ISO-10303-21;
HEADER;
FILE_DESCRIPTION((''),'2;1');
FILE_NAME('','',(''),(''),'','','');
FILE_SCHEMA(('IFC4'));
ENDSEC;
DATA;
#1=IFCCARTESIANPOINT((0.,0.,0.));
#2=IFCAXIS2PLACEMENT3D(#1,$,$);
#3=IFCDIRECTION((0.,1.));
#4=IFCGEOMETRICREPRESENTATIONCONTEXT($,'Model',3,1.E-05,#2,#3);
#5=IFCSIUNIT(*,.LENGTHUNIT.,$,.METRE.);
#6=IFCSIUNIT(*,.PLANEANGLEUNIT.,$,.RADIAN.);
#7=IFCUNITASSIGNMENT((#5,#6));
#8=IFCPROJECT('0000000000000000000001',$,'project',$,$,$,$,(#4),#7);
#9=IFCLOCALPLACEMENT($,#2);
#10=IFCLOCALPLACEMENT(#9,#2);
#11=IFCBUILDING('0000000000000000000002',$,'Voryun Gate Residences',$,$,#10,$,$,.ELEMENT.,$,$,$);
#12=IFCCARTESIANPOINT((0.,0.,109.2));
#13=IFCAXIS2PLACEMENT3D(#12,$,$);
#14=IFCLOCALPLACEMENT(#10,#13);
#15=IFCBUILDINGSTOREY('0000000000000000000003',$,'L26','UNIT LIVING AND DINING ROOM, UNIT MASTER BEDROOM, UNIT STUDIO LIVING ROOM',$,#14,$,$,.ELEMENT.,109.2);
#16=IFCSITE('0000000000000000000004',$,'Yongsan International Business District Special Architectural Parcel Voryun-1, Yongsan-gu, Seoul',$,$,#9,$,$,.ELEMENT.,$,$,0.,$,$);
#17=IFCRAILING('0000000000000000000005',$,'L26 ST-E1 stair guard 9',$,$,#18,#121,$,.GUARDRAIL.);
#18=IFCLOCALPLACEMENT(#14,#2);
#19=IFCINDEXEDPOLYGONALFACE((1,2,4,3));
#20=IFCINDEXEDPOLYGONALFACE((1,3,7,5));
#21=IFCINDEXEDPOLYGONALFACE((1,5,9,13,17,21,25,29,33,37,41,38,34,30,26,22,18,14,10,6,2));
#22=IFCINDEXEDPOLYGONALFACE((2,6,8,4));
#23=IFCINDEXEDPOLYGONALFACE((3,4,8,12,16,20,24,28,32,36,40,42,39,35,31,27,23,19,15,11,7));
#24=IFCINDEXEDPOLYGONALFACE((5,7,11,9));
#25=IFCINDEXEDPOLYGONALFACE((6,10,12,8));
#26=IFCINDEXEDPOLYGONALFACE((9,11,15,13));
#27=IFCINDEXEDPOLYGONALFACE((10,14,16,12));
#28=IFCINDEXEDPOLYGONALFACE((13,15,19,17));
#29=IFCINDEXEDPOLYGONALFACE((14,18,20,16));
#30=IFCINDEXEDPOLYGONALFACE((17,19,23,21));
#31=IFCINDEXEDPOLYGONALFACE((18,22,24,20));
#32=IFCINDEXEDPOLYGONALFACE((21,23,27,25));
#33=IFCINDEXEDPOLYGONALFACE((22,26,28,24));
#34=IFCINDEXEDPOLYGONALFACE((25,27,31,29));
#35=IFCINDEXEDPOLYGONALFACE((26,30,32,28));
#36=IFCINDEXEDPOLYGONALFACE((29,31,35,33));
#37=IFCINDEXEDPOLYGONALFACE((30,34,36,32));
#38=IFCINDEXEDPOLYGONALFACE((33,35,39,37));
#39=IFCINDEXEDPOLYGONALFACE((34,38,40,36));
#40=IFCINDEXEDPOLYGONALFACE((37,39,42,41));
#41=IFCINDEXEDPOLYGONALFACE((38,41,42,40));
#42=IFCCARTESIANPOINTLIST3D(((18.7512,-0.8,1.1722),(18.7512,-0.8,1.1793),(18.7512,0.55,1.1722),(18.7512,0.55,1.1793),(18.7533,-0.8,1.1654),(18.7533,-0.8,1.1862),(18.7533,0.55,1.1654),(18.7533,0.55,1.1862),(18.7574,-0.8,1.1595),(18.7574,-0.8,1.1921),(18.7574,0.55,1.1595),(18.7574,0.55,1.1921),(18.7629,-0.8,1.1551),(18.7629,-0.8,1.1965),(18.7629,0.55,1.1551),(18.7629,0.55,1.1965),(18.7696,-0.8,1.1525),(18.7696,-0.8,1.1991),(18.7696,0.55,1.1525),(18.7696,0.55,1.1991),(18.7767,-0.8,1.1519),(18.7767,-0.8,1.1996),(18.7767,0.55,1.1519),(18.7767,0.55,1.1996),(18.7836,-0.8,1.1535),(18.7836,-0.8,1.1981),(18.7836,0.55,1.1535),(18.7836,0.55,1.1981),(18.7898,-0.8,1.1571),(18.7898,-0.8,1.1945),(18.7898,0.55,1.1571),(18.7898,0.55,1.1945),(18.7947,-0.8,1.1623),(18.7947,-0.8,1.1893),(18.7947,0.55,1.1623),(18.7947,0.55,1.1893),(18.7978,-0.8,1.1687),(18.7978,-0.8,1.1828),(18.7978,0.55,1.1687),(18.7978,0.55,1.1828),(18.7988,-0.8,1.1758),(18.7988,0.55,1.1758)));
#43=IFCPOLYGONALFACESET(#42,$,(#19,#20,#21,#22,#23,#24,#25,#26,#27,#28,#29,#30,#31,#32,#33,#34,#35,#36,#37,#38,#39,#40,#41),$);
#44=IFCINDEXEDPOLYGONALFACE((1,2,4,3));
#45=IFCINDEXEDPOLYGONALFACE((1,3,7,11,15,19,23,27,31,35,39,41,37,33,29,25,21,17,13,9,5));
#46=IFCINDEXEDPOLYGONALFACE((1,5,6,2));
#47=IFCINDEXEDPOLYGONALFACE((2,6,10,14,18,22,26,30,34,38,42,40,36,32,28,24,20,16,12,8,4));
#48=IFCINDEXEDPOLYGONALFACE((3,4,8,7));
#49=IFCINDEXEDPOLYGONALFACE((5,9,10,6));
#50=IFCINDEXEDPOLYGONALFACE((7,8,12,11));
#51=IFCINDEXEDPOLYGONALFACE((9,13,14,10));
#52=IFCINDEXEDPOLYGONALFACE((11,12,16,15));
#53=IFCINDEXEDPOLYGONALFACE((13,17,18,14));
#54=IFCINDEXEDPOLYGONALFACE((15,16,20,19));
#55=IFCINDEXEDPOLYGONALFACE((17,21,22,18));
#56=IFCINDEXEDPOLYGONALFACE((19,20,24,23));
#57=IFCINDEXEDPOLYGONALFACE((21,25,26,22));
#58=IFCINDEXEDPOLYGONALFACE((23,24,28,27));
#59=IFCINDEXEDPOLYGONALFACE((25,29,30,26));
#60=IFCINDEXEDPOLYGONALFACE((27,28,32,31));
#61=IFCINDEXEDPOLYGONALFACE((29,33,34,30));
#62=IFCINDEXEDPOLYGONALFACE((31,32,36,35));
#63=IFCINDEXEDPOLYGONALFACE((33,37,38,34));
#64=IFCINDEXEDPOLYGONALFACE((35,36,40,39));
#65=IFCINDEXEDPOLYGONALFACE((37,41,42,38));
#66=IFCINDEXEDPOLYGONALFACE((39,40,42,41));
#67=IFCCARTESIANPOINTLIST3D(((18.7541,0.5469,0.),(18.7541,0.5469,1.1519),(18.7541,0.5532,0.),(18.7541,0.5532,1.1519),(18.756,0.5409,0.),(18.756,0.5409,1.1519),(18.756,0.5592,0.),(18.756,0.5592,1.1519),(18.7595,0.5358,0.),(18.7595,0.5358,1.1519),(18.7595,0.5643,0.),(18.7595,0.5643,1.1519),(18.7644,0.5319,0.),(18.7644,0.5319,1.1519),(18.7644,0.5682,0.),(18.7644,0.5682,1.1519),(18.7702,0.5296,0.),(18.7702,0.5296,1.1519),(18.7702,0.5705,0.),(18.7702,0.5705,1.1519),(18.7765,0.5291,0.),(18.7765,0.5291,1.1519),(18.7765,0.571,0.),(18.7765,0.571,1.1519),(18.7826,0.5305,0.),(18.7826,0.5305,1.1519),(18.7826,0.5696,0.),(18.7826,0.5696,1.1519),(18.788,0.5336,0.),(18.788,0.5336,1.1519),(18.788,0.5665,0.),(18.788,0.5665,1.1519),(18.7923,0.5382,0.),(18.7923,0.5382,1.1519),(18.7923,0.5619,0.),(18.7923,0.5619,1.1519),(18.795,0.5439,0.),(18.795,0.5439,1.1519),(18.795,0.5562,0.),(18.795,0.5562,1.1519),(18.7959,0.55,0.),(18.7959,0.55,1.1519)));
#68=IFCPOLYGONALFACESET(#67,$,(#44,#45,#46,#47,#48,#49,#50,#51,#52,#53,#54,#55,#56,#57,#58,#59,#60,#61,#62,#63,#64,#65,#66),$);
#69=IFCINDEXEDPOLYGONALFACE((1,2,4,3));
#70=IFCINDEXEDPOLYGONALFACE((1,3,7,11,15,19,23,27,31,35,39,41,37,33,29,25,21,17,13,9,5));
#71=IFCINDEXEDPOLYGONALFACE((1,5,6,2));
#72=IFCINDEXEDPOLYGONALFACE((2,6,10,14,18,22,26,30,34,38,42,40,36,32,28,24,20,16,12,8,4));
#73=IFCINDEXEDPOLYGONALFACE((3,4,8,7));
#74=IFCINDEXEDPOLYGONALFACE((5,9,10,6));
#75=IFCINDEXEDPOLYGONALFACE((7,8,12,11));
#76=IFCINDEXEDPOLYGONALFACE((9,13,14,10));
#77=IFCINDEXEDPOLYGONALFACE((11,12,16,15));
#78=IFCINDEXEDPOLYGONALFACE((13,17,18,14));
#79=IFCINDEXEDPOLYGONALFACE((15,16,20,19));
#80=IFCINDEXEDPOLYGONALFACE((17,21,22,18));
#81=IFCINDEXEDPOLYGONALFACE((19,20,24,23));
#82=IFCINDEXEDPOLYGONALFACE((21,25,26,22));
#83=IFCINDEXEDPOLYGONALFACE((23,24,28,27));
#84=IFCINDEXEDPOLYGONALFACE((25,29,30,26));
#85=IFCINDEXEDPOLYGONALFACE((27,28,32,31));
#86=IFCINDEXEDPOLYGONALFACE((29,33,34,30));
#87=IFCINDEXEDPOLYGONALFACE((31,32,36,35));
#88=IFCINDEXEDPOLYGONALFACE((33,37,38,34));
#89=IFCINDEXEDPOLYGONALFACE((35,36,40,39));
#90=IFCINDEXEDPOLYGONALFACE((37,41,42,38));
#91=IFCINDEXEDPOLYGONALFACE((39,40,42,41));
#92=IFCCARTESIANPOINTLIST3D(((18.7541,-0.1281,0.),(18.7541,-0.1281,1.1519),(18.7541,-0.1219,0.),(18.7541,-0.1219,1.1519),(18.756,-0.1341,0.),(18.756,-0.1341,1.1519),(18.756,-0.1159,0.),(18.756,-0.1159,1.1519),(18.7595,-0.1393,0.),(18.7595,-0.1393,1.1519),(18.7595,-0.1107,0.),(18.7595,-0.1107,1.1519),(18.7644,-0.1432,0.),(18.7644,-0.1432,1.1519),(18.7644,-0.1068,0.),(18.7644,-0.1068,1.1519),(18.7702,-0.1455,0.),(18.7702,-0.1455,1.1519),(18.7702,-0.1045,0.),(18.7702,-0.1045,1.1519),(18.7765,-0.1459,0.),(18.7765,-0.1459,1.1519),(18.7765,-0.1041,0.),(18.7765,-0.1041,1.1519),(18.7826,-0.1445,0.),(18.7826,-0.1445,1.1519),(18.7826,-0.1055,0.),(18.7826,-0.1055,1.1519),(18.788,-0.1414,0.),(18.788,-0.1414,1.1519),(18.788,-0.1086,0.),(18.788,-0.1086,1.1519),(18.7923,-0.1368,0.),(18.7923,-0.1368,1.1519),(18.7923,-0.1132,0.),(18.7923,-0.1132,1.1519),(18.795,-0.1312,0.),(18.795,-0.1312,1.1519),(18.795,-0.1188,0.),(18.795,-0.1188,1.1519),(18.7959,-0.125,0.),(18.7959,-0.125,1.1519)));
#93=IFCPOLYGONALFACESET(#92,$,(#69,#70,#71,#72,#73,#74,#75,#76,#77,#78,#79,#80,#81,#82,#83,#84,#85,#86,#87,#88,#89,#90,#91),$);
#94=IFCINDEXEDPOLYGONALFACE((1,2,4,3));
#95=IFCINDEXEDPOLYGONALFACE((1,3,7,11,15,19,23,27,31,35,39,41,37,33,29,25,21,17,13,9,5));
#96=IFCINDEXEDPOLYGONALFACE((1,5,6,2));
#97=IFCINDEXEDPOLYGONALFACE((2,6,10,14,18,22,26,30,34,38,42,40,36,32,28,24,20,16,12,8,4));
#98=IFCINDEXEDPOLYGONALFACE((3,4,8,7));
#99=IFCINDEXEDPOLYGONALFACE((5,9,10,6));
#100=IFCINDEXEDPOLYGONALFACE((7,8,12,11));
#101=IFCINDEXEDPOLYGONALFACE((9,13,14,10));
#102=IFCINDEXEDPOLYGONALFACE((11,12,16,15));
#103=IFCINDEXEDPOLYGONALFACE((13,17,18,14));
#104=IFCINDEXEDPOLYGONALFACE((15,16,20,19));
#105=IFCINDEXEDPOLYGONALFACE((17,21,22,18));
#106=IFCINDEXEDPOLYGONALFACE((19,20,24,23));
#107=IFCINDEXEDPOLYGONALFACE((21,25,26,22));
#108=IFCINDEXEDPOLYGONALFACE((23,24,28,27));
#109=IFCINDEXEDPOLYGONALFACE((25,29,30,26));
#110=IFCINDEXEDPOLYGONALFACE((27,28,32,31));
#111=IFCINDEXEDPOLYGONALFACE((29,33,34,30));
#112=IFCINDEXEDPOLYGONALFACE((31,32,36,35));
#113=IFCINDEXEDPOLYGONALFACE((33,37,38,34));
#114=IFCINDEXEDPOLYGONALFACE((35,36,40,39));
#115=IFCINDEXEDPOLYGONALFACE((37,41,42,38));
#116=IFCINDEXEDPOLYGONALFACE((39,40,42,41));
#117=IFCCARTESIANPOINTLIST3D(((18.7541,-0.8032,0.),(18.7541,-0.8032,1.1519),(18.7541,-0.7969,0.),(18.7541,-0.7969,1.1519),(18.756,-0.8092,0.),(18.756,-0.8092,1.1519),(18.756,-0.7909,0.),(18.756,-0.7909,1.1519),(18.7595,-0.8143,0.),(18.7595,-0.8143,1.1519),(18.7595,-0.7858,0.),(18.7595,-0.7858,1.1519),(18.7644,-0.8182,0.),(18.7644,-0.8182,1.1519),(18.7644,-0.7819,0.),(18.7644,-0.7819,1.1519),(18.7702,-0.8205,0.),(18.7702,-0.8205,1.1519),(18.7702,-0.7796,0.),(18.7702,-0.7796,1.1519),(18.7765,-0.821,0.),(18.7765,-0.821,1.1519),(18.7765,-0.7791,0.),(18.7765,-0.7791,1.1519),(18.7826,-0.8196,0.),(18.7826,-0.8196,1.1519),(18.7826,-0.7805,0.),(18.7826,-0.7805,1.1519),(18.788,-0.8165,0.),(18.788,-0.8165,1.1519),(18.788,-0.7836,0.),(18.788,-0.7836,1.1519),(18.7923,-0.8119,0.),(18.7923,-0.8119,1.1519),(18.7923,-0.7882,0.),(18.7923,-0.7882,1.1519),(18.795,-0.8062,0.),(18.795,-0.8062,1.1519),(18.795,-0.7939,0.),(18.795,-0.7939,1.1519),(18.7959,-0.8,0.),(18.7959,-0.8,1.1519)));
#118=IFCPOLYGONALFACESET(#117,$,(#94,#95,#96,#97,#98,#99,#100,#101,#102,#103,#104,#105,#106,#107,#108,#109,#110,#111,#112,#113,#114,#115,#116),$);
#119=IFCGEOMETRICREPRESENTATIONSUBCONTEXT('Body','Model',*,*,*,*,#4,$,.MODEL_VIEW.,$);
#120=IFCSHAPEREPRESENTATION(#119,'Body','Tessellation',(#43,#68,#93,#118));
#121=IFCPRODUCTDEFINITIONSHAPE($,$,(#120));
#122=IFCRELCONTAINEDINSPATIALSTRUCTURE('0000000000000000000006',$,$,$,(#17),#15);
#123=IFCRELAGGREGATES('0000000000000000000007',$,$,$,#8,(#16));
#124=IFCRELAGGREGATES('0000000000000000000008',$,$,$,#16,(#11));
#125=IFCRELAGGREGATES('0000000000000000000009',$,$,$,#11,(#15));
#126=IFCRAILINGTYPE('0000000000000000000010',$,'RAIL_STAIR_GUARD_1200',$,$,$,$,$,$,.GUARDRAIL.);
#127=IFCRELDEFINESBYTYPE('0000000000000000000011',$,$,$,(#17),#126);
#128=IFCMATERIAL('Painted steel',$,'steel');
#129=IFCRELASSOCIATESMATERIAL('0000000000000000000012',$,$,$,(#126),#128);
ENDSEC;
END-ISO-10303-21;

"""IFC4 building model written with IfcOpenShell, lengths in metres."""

from ifc_helpers import new_model, si_unit, direction, frame, origin, origin_2d, place, context, subcontext, project, spatial, circle, extrude, material, type_object, element, save


model = new_model("IFC4")

# Units and contexts
model_context = context("Model", 3, precision=1e-05, world=origin(), true_north=direction((0.0, 1.0)))
body_context = subcontext(model_context, "Body", "Model", "MODEL_VIEW")
ifc_project = project(units=[si_unit("LENGTHUNIT", "METRE"), si_unit("PLANEANGLEUNIT", "RADIAN")], contexts=[model_context])

# Site, building, storey
site_placement = place(None, origin())
site = spatial("IfcSite", under=ifc_project, at=site_placement, Name="Yongsan International Business District Special Architectural Parcel Voryun-1, Yongsan-gu, Seoul", CompositionType="ELEMENT", RefElevation=0.0)
building_placement = place(site_placement, origin())
building = spatial("IfcBuilding", under=site, at=building_placement, Name="Voryun Gate Residences", CompositionType="ELEMENT")
storey_placement = place(building_placement, frame((0.0, 0.0, 109.2)))
storey = spatial("IfcBuildingStorey", under=building, at=storey_placement, Name="L26", Description="UNIT LIVING AND DINING ROOM, UNIT MASTER BEDROOM, UNIT STUDIO LIVING ROOM", CompositionType="ELEMENT", Elevation=109.2)

# Railing
ifc_material_1 = material(Name="Painted steel", Category="steel")
railing_type = type_object("IfcRailingType", Name="RAIL_STAIR_GUARD_1200", PredefinedType="GUARDRAIL", material=ifc_material_1)
railing_1_placement = place(storey_placement, frame((18.7749, 0.55, 0.0)))
element("IfcRailing", 1, at=railing_1_placement, inside=storey, type_object=railing_type, Name="L26 ST-E1 stair guard 9", PredefinedType="GUARDRAIL", context=body_context, shape_type="SweptSolid", body=[
    extrude(circle(Radius=0.0239, at=origin_2d()), frame((0.0, 0.0, 1.1758), z_axis=(0.0, -1.0, 0.0), x_axis=(1.0, 0.0, 0.0)), (0.0, 0.0, 1.0), 1.3501),
    extrude(circle(Radius=0.021, at=origin_2d()), origin(), (0.0, 0.0, 1.0), 1.1519),
    extrude(circle(Radius=0.021, at=origin_2d()), frame((0.0, -0.675, 0.0)), (0.0, 0.0, 1.0), 1.1519),
    extrude(circle(Radius=0.021, at=origin_2d()), frame((0.0, -1.3501, 0.0)), (0.0, 0.0, 1.0), 1.1519),
])

save(model, "model.ifc")
